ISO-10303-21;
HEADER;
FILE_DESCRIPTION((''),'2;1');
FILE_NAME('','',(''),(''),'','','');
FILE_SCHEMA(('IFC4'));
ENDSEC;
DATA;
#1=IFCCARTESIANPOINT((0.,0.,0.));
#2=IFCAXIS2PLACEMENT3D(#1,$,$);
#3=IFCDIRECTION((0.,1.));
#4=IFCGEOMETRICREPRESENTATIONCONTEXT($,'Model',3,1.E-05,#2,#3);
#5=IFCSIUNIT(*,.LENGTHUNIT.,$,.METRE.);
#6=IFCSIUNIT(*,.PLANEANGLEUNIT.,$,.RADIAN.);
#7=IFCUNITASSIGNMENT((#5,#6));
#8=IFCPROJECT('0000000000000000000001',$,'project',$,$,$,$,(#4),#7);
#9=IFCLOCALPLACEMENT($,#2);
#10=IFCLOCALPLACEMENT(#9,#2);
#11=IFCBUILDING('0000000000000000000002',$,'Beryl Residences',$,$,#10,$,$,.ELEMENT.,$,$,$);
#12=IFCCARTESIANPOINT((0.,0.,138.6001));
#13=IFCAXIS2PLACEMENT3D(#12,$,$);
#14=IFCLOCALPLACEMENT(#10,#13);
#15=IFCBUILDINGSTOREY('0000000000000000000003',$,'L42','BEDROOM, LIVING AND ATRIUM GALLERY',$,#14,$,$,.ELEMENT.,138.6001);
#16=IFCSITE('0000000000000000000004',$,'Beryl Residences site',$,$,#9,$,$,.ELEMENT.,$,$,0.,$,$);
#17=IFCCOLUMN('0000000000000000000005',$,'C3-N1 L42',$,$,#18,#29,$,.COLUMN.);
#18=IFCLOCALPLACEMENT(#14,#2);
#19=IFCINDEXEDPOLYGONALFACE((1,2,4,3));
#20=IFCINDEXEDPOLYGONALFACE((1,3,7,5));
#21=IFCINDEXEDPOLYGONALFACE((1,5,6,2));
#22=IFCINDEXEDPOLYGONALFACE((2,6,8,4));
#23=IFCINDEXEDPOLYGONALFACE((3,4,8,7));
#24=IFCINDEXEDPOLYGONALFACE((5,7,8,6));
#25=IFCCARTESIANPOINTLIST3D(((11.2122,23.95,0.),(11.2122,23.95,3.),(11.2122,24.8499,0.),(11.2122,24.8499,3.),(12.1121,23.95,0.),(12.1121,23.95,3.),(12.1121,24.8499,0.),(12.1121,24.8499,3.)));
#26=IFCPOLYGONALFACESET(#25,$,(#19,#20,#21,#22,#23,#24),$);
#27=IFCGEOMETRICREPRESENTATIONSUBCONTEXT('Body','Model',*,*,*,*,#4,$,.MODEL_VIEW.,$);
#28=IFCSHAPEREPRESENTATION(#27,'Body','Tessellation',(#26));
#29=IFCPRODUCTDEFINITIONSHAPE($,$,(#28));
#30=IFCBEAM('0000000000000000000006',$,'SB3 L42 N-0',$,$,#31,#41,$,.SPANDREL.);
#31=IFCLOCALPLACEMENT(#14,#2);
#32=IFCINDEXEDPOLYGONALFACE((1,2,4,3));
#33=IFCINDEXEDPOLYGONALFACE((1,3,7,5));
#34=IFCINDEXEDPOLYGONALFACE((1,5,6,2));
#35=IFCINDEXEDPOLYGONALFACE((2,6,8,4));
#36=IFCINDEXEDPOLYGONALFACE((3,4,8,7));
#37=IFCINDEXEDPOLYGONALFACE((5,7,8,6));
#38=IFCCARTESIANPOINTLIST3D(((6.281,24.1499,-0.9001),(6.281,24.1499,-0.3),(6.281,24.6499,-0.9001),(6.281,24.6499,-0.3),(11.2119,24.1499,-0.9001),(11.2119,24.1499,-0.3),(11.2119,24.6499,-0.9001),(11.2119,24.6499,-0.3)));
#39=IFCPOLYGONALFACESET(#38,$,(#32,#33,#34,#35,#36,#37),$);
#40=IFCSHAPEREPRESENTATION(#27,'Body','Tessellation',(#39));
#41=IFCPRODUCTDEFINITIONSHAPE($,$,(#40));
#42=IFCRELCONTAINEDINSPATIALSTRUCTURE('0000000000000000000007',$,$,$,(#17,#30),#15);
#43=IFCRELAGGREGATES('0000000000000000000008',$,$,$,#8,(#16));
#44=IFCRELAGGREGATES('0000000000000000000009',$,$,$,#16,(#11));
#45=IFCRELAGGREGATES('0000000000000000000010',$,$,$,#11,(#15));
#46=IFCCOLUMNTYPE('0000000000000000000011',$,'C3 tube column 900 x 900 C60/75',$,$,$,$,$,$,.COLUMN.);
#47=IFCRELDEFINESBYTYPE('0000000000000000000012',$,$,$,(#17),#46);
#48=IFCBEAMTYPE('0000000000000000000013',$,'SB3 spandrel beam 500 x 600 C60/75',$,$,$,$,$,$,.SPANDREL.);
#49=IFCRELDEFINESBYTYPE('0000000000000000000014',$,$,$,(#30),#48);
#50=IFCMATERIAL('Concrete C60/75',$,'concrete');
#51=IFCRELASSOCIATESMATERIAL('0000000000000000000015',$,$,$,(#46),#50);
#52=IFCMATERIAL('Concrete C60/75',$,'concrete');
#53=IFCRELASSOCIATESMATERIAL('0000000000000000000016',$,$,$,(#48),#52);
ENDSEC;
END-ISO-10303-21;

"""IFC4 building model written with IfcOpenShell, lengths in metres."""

from ifc_helpers import new_model, si_unit, direction, frame, origin, origin_2d, place, context, subcontext, project, spatial, rectangle, extrude, material, material_profile, profile_set, type_object, element, save


model = new_model("IFC4")

# Units and contexts
model_context = context("Model", 3, precision=1e-05, world=origin(), true_north=direction((0.0, 1.0)))
body_context = subcontext(model_context, "Body", "Model", "MODEL_VIEW")
ifc_project = project(units=[si_unit("LENGTHUNIT", "METRE"), si_unit("PLANEANGLEUNIT", "RADIAN")], contexts=[model_context])

# Site, building, storey
site_placement = place(None, origin())
site = spatial("IfcSite", under=ifc_project, at=site_placement, Name="Beryl Residences site", CompositionType="ELEMENT", RefElevation=0.0)
building_placement = place(site_placement, origin())
building = spatial("IfcBuilding", under=site, at=building_placement, Name="Beryl Residences", CompositionType="ELEMENT")
storey_placement = place(building_placement, frame((0.0, 0.0, 138.6001)))
storey = spatial("IfcBuildingStorey", under=building, at=storey_placement, Name="L42", Description="BEDROOM, LIVING AND ATRIUM GALLERY", CompositionType="ELEMENT", Elevation=138.6001)

# Column
ifc_material_1 = material(Name="Concrete C60/75", Category="concrete")
ifc_material_profile_1 = material_profile(ifc_material_1, rectangle(XDim=0.8999, YDim=0.8999, at=origin_2d()))
ifc_profile_set_1 = profile_set([ifc_material_profile_1], Name="Concrete C60/75")
column_type = type_object("IfcColumnType", Name="C3 tube column 900 x 900 C60/75", PredefinedType="COLUMN", material=ifc_profile_set_1)
column_placement = place(storey_placement, frame((11.6621, 24.3999, 0.0), z_axis=(0.0, 0.0, 1.0), x_axis=(-1.0, 0.0, 0.0)))
element("IfcColumn", 1, at=column_placement, inside=storey, type_object=column_type, Name="C3-N1 L42", PredefinedType="COLUMN", context=body_context, shape_type="SweptSolid", body=[
    extrude(rectangle(XDim=0.8999, YDim=0.8999, at=origin_2d()), origin(), (0.0, 0.0, 1.0), 3.0),
])

# Beam
ifc_material_2 = material(Name="Concrete C60/75", Category="concrete")
ifc_material_profile_2 = material_profile(ifc_material_2, rectangle(XDim=0.5, YDim=0.6001, at=origin_2d()))
ifc_profile_set_2 = profile_set([ifc_material_profile_2], Name="Concrete C60/75")
beam_type = type_object("IfcBeamType", Name="SB3 spandrel beam 500 x 600 C60/75", PredefinedType="SPANDREL", material=ifc_profile_set_2)
beam_placement = place(storey_placement, frame((11.2119, 24.3999, -0.6001), z_axis=(-1.0, 0.0, 0.0), x_axis=(0.0, -1.0, 0.0)))
element("IfcBeam", 2, at=beam_placement, inside=storey, type_object=beam_type, Name="SB3 L42 N-0", PredefinedType="SPANDREL", context=body_context, shape_type="SweptSolid", body=[
    extrude(rectangle(XDim=0.5, YDim=0.6001, at=origin_2d()), origin(), (0.0, 0.0, 1.0), 4.9309),
])

save(model, "model.ifc")
